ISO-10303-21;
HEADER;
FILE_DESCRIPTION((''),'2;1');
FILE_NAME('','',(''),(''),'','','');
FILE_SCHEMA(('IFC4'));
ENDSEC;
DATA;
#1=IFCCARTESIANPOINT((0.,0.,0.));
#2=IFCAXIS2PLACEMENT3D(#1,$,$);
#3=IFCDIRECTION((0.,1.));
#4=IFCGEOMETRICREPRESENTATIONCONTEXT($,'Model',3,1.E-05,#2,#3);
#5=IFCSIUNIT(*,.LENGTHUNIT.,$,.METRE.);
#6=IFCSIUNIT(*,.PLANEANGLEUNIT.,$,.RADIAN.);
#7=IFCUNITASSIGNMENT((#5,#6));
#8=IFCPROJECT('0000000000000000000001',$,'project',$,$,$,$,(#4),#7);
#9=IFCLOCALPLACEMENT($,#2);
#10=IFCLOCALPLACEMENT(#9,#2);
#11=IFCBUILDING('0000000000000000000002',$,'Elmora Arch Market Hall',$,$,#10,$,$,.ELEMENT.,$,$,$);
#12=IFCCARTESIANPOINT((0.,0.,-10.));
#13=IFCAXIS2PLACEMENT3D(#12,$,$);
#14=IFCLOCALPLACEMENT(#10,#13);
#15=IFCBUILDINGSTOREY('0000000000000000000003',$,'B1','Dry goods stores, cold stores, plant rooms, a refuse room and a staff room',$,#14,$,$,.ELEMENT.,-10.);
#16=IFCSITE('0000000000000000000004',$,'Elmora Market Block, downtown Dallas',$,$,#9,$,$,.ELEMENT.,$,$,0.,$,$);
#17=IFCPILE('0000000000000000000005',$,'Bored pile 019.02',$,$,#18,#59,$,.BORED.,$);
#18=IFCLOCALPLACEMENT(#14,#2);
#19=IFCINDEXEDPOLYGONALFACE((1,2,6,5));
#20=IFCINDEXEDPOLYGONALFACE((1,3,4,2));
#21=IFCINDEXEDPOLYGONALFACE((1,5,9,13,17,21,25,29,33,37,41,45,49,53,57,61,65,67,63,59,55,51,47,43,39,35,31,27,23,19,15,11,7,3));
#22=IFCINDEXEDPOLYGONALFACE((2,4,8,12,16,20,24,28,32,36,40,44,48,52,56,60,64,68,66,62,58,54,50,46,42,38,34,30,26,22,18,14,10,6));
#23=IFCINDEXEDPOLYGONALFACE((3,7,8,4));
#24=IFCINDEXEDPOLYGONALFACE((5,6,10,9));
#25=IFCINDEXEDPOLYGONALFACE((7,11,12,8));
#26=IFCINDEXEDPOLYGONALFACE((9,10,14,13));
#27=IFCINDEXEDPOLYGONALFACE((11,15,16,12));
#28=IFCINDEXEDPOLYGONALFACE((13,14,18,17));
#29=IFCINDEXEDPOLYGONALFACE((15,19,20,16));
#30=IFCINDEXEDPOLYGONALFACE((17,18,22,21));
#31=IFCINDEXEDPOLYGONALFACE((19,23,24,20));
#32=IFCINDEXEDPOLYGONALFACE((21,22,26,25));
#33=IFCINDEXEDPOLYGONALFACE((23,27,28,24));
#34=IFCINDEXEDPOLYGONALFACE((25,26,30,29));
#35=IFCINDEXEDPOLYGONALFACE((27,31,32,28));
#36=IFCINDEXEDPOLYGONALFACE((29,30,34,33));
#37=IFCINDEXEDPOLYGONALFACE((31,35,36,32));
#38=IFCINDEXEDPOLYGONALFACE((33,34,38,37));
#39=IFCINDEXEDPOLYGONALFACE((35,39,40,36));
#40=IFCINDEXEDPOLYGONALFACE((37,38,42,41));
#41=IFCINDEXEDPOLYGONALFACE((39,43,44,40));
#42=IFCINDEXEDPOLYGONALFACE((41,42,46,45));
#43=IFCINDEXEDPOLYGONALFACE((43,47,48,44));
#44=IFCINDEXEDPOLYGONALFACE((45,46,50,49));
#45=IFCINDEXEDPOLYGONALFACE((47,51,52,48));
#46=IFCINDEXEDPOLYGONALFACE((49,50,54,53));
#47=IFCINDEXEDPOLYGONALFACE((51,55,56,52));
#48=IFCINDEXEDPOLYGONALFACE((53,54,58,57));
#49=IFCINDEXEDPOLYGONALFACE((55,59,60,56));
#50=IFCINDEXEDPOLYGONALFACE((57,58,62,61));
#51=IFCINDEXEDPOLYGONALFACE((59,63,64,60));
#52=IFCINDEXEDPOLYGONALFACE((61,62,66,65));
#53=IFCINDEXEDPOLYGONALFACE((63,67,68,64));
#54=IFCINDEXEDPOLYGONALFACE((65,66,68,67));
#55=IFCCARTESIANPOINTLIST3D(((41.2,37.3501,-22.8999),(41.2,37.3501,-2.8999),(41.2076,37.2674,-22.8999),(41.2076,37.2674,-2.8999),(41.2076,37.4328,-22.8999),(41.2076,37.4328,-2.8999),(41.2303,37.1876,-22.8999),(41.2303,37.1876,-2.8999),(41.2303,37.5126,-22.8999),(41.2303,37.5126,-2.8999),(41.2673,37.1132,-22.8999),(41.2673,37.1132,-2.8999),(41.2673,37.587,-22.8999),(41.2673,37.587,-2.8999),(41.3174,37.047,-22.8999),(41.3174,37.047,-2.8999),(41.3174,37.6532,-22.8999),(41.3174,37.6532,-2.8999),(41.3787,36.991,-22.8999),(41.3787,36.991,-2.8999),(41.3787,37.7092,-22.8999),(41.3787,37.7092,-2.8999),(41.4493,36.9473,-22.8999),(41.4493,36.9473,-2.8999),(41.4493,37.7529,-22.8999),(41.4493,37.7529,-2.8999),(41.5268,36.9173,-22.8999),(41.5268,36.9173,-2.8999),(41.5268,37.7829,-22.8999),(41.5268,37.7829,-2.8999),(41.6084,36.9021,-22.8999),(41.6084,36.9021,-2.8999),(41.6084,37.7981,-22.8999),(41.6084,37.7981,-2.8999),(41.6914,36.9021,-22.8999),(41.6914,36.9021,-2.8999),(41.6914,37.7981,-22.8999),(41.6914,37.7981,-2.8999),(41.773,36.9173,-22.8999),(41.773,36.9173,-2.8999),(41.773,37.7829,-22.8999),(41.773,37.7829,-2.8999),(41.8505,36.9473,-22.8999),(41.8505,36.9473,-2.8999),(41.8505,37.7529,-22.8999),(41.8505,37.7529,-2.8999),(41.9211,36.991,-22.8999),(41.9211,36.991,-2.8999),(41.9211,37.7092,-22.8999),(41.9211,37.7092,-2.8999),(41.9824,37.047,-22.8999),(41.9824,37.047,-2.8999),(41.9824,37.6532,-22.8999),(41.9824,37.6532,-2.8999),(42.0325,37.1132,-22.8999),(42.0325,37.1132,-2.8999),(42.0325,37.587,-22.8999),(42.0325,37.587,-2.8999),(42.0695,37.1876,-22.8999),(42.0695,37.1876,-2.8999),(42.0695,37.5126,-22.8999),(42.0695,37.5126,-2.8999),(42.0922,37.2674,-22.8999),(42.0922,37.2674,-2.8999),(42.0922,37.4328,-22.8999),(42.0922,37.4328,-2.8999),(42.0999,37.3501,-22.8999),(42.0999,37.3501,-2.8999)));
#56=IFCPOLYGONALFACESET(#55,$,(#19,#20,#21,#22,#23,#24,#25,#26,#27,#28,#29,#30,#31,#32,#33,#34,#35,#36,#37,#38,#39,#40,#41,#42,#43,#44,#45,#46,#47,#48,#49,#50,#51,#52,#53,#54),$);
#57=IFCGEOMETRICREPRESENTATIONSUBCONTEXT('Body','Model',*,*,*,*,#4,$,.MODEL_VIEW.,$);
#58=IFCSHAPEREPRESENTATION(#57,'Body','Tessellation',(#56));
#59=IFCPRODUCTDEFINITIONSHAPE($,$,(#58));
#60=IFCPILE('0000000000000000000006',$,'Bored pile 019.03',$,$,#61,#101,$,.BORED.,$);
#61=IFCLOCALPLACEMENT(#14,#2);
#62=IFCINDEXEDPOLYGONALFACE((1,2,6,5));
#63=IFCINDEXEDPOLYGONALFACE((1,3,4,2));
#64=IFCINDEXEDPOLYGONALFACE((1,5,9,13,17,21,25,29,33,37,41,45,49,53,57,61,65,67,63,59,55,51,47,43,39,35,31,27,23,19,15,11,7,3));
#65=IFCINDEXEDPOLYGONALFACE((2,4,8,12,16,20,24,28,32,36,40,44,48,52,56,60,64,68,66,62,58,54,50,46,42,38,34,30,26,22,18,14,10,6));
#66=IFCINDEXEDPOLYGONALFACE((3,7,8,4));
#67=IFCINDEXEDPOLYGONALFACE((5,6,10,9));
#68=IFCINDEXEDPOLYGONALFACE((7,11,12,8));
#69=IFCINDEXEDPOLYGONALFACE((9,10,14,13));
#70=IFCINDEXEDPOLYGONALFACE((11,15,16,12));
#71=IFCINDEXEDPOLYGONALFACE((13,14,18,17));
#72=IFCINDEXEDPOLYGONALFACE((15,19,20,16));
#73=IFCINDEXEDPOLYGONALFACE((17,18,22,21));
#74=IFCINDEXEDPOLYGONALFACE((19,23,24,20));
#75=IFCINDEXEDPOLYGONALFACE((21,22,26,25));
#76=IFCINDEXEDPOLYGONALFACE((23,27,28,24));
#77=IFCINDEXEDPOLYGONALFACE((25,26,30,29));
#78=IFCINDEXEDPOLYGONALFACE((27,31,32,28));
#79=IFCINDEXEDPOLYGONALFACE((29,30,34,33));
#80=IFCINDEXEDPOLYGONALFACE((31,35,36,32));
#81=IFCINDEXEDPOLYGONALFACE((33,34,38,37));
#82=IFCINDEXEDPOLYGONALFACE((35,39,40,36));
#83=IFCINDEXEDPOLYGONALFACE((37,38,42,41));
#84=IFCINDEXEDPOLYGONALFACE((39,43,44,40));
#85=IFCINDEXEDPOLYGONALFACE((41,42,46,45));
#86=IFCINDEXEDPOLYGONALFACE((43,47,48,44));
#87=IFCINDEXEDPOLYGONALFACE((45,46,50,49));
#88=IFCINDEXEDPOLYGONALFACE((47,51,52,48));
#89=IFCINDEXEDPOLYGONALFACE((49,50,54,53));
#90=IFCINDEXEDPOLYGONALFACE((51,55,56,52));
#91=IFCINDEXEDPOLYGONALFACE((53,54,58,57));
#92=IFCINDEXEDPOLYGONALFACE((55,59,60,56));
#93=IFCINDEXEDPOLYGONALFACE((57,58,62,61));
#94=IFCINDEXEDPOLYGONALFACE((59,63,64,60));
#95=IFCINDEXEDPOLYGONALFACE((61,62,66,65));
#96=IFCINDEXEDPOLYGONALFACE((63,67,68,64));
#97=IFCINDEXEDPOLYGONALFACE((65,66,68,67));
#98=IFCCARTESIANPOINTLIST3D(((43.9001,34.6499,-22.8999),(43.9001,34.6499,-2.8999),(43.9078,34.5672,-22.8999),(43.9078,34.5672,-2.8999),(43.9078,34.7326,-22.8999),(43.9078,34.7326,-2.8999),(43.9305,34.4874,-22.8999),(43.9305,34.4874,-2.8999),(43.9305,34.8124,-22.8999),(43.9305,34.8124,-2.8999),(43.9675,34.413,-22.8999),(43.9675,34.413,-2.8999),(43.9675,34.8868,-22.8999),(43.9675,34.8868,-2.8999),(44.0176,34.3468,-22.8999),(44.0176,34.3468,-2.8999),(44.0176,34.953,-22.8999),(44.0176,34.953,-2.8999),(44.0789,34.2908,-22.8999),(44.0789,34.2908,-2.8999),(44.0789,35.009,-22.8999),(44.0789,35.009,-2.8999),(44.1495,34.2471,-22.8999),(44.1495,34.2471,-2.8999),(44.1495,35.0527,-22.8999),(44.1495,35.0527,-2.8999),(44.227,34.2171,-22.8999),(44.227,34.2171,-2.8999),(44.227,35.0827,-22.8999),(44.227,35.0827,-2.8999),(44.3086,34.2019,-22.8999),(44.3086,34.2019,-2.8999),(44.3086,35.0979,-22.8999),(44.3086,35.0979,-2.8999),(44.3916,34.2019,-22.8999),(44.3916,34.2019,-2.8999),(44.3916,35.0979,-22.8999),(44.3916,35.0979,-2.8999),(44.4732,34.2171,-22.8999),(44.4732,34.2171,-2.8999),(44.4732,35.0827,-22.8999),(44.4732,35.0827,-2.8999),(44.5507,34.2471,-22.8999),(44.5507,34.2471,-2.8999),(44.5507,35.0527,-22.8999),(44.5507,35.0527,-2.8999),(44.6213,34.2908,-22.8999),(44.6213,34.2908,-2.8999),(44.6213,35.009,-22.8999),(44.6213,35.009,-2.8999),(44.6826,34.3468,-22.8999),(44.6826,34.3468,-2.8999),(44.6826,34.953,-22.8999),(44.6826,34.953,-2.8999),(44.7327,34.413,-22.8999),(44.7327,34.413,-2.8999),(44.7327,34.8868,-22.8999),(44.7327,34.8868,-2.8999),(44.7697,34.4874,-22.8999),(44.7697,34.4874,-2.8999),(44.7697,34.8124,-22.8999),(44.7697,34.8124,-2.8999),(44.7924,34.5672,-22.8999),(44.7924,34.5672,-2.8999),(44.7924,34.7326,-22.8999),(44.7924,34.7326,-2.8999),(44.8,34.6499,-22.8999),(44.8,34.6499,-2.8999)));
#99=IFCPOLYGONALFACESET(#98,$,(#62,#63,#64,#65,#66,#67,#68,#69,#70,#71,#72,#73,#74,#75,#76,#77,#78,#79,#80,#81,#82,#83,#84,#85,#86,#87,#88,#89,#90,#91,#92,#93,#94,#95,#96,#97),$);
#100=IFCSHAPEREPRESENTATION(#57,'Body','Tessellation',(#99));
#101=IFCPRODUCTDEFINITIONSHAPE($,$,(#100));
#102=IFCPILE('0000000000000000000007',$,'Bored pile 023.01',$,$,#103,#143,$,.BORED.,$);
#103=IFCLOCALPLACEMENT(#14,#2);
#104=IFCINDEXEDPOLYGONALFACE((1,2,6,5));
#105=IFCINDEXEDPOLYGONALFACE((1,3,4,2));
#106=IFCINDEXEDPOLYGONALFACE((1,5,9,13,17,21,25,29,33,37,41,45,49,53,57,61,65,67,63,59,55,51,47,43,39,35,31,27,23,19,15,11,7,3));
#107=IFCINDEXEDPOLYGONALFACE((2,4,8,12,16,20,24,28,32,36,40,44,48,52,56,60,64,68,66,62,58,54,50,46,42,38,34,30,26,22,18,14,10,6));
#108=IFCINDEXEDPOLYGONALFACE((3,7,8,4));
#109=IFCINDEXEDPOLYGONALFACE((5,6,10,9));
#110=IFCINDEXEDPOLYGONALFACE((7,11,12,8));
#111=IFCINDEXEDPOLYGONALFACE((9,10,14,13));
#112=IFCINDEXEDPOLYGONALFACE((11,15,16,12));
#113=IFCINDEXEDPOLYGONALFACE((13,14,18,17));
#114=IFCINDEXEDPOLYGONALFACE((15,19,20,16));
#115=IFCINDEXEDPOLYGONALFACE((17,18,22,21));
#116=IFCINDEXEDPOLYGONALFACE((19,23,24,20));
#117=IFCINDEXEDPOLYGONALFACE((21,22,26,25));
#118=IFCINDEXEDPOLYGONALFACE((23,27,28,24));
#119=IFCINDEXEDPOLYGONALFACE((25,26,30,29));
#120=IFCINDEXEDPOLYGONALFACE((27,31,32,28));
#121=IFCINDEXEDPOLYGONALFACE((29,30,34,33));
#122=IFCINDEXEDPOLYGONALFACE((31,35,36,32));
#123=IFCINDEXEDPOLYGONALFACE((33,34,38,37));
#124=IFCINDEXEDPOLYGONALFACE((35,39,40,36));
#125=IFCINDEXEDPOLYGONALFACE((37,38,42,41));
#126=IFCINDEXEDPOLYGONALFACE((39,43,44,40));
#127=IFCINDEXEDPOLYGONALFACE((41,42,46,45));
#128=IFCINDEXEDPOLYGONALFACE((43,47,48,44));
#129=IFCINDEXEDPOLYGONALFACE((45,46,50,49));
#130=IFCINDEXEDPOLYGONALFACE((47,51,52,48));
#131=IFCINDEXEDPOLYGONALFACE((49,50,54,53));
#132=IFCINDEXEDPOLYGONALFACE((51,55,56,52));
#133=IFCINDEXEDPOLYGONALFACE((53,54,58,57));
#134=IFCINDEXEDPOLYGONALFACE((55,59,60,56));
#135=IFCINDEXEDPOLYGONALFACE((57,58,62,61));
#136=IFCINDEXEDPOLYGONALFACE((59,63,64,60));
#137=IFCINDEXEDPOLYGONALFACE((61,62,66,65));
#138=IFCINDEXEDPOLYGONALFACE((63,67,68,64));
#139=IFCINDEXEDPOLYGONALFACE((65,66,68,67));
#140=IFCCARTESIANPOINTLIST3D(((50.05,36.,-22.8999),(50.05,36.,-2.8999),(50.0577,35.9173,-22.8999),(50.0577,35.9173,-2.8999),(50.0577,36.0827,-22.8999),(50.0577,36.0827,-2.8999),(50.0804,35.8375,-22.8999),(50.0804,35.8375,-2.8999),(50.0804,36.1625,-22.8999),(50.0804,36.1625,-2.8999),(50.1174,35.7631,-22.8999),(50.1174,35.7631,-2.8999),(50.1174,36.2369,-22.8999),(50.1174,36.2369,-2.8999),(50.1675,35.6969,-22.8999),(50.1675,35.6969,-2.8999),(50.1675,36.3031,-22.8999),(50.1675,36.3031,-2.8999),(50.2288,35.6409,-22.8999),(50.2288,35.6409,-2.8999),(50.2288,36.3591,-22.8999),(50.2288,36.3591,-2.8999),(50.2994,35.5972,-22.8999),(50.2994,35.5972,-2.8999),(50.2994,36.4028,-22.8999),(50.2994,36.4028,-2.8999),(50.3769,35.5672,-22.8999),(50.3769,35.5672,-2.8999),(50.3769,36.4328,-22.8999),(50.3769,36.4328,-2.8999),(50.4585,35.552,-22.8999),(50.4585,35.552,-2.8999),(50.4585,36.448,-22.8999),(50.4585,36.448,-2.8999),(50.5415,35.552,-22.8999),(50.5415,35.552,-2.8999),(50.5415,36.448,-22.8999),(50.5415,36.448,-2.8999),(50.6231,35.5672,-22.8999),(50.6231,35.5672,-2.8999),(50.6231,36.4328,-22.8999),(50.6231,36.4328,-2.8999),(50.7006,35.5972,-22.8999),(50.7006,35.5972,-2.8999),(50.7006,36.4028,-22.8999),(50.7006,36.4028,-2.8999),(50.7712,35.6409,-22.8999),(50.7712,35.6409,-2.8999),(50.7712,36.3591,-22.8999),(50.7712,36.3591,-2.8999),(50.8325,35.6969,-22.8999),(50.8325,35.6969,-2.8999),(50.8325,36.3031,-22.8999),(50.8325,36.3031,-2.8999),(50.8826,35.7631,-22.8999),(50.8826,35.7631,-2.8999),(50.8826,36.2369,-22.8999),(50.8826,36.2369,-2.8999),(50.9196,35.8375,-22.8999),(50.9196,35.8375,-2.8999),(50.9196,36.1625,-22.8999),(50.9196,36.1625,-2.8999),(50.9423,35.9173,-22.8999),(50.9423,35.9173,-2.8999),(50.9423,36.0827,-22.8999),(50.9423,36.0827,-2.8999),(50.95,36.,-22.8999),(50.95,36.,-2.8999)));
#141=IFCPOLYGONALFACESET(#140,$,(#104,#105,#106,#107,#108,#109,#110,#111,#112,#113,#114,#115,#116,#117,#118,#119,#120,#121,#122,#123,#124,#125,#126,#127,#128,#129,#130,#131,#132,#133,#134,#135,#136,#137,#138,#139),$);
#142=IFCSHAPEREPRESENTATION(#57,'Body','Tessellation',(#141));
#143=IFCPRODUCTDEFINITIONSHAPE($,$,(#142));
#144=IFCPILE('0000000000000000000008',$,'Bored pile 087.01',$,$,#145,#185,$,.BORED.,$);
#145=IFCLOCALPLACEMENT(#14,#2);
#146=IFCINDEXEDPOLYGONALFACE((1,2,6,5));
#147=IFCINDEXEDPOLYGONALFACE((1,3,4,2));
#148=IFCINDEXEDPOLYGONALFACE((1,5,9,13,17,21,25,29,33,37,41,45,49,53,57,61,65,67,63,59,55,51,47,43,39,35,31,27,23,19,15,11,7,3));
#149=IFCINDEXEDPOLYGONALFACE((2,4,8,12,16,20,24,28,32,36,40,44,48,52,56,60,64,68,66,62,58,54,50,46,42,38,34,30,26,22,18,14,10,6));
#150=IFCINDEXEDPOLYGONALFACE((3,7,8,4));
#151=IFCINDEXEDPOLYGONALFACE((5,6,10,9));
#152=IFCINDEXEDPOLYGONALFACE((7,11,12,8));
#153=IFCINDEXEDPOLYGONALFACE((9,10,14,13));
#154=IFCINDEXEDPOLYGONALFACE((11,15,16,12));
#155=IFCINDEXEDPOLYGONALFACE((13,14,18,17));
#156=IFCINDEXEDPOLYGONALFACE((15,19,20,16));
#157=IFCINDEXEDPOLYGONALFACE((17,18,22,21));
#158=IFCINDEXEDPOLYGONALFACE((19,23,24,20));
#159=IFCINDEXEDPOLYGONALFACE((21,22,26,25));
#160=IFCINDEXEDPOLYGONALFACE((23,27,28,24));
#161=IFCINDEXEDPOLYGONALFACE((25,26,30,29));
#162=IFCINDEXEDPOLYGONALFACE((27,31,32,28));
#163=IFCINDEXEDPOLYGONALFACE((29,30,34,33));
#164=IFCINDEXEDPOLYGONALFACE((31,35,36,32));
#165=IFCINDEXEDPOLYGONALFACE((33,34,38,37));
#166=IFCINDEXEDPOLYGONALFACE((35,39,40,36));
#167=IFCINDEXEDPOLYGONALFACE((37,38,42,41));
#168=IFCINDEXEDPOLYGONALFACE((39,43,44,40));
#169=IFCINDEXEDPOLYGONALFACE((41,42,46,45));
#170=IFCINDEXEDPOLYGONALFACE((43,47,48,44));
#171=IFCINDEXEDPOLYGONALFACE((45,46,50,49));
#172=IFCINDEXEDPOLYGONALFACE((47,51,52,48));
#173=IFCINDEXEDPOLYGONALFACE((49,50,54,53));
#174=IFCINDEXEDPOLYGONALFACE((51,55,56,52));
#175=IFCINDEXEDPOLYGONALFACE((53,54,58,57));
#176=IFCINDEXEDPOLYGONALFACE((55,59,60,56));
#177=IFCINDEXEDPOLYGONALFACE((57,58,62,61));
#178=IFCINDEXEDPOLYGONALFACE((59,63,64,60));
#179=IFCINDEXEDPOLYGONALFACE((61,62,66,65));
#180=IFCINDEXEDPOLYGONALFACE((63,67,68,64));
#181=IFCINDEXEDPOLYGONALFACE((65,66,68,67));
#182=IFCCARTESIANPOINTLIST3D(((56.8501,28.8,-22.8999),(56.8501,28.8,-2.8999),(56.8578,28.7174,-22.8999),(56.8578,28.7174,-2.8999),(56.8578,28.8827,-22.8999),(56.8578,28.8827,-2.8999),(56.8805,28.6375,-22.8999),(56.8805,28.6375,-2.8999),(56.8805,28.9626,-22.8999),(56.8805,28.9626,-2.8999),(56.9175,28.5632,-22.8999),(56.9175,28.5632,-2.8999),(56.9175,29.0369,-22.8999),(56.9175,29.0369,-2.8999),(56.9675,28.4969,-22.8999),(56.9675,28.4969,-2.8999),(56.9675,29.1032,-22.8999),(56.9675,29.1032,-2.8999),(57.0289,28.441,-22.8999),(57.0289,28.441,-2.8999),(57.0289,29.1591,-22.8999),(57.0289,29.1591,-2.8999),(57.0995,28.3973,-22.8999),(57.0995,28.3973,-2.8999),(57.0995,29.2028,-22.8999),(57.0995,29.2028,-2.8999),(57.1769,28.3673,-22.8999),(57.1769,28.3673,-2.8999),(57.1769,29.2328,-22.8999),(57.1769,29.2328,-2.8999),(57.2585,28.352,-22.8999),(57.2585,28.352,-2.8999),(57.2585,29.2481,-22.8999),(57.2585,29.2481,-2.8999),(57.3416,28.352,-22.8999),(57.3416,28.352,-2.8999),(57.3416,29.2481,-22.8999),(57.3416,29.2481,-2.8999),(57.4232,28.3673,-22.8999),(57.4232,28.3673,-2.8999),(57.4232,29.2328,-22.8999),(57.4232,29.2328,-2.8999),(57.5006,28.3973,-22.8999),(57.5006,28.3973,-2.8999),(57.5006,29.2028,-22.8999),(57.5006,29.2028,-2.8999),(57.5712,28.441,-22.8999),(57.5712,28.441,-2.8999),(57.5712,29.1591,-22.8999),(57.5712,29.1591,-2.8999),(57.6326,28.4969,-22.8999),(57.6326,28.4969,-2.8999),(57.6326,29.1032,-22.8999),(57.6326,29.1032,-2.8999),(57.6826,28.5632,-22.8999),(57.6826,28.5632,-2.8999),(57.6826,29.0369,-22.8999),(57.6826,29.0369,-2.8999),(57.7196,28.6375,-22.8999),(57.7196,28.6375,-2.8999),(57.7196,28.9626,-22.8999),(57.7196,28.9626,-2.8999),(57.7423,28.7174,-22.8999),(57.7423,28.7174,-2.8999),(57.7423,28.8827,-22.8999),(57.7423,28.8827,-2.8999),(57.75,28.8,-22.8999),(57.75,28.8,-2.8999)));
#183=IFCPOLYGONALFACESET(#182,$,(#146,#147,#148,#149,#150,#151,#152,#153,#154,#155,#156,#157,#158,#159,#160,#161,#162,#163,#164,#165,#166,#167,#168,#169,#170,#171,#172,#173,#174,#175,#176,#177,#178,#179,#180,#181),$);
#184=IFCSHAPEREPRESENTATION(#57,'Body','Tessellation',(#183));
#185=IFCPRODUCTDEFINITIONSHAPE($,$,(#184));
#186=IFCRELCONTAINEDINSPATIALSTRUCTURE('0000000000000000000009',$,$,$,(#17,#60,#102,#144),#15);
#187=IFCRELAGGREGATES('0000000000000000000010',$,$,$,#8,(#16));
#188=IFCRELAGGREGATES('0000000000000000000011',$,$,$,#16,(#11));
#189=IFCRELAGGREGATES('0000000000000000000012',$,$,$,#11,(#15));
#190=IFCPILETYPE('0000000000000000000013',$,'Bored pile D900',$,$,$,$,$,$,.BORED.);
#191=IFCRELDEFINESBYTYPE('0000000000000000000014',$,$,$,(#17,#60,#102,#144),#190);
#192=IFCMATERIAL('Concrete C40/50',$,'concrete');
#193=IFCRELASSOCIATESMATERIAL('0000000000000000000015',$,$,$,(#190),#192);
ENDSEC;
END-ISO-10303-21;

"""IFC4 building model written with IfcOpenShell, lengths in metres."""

from ifc_helpers import new_model, si_unit, direction, frame, origin, origin_2d, place, context, subcontext, project, spatial, circle, extrude, material, material_profile, profile_set, type_object, element, save


model = new_model("IFC4")

# Units and contexts
model_context = context("Model", 3, precision=1e-05, world=origin(), true_north=direction((0.0, 1.0)))
body_context = subcontext(model_context, "Body", "Model", "MODEL_VIEW")
ifc_project = project(units=[si_unit("LENGTHUNIT", "METRE"), si_unit("PLANEANGLEUNIT", "RADIAN")], contexts=[model_context])

# Site, building, storey
site_placement = place(None, origin())
site = spatial("IfcSite", under=ifc_project, at=site_placement, Name="Elmora Market Block, downtown Dallas", CompositionType="ELEMENT", RefElevation=0.0)
building_placement = place(site_placement, origin())
building = spatial("IfcBuilding", under=site, at=building_placement, Name="Elmora Arch Market Hall", CompositionType="ELEMENT")
storey_placement = place(building_placement, frame((0.0, 0.0, -10.0)))
storey = spatial("IfcBuildingStorey", under=building, at=storey_placement, Name="B1", Description="Dry goods stores, cold stores, plant rooms, a refuse room and a staff room", CompositionType="ELEMENT", Elevation=-10.0)

# Piles
ifc_material_1 = material(Name="Concrete C40/50", Category="concrete")
ifc_material_profile_1 = material_profile(ifc_material_1, circle(Radius=0.45, at=origin_2d()), Name="Bored pile D900")
ifc_profile_set_1 = profile_set([ifc_material_profile_1], Name="Concrete C40/50")
pile_type = type_object("IfcPileType", Name="Bored pile D900", PredefinedType="BORED", material=ifc_profile_set_1)
for number, where, z_axis, x_axis, name in (
    (1, (41.6499, 37.3501, -2.8999), (0.0, 0.0, -1.0), (1.0, 0.0, 0.0), "Bored pile 019.02"),
    (2, (44.3501, 34.6499, -2.8999), (0.0, 0.0, -1.0), (1.0, 0.0, 0.0), "Bored pile 019.03"),
    (3, (50.5, 36.0, -2.8999), (0.0, 0.0, -1.0), (1.0, 0.0, 0.0), "Bored pile 023.01"),
    (4, (57.3, 28.8, -2.8999), (0.0, 0.0, -1.0), (1.0, 0.0, 0.0), "Bored pile 087.01"),
):
    element("IfcPile", number, at=place(storey_placement, frame(where, z_axis=z_axis, x_axis=x_axis)), inside=storey, type_object=pile_type, Name=name, PredefinedType="BORED", context=body_context, shape_type="SweptSolid", body=[
        extrude(circle(Radius=0.45, at=origin_2d()), origin(), (0.0, 0.0, 1.0), 20.0),
    ])

save(model, "model.ifc")
